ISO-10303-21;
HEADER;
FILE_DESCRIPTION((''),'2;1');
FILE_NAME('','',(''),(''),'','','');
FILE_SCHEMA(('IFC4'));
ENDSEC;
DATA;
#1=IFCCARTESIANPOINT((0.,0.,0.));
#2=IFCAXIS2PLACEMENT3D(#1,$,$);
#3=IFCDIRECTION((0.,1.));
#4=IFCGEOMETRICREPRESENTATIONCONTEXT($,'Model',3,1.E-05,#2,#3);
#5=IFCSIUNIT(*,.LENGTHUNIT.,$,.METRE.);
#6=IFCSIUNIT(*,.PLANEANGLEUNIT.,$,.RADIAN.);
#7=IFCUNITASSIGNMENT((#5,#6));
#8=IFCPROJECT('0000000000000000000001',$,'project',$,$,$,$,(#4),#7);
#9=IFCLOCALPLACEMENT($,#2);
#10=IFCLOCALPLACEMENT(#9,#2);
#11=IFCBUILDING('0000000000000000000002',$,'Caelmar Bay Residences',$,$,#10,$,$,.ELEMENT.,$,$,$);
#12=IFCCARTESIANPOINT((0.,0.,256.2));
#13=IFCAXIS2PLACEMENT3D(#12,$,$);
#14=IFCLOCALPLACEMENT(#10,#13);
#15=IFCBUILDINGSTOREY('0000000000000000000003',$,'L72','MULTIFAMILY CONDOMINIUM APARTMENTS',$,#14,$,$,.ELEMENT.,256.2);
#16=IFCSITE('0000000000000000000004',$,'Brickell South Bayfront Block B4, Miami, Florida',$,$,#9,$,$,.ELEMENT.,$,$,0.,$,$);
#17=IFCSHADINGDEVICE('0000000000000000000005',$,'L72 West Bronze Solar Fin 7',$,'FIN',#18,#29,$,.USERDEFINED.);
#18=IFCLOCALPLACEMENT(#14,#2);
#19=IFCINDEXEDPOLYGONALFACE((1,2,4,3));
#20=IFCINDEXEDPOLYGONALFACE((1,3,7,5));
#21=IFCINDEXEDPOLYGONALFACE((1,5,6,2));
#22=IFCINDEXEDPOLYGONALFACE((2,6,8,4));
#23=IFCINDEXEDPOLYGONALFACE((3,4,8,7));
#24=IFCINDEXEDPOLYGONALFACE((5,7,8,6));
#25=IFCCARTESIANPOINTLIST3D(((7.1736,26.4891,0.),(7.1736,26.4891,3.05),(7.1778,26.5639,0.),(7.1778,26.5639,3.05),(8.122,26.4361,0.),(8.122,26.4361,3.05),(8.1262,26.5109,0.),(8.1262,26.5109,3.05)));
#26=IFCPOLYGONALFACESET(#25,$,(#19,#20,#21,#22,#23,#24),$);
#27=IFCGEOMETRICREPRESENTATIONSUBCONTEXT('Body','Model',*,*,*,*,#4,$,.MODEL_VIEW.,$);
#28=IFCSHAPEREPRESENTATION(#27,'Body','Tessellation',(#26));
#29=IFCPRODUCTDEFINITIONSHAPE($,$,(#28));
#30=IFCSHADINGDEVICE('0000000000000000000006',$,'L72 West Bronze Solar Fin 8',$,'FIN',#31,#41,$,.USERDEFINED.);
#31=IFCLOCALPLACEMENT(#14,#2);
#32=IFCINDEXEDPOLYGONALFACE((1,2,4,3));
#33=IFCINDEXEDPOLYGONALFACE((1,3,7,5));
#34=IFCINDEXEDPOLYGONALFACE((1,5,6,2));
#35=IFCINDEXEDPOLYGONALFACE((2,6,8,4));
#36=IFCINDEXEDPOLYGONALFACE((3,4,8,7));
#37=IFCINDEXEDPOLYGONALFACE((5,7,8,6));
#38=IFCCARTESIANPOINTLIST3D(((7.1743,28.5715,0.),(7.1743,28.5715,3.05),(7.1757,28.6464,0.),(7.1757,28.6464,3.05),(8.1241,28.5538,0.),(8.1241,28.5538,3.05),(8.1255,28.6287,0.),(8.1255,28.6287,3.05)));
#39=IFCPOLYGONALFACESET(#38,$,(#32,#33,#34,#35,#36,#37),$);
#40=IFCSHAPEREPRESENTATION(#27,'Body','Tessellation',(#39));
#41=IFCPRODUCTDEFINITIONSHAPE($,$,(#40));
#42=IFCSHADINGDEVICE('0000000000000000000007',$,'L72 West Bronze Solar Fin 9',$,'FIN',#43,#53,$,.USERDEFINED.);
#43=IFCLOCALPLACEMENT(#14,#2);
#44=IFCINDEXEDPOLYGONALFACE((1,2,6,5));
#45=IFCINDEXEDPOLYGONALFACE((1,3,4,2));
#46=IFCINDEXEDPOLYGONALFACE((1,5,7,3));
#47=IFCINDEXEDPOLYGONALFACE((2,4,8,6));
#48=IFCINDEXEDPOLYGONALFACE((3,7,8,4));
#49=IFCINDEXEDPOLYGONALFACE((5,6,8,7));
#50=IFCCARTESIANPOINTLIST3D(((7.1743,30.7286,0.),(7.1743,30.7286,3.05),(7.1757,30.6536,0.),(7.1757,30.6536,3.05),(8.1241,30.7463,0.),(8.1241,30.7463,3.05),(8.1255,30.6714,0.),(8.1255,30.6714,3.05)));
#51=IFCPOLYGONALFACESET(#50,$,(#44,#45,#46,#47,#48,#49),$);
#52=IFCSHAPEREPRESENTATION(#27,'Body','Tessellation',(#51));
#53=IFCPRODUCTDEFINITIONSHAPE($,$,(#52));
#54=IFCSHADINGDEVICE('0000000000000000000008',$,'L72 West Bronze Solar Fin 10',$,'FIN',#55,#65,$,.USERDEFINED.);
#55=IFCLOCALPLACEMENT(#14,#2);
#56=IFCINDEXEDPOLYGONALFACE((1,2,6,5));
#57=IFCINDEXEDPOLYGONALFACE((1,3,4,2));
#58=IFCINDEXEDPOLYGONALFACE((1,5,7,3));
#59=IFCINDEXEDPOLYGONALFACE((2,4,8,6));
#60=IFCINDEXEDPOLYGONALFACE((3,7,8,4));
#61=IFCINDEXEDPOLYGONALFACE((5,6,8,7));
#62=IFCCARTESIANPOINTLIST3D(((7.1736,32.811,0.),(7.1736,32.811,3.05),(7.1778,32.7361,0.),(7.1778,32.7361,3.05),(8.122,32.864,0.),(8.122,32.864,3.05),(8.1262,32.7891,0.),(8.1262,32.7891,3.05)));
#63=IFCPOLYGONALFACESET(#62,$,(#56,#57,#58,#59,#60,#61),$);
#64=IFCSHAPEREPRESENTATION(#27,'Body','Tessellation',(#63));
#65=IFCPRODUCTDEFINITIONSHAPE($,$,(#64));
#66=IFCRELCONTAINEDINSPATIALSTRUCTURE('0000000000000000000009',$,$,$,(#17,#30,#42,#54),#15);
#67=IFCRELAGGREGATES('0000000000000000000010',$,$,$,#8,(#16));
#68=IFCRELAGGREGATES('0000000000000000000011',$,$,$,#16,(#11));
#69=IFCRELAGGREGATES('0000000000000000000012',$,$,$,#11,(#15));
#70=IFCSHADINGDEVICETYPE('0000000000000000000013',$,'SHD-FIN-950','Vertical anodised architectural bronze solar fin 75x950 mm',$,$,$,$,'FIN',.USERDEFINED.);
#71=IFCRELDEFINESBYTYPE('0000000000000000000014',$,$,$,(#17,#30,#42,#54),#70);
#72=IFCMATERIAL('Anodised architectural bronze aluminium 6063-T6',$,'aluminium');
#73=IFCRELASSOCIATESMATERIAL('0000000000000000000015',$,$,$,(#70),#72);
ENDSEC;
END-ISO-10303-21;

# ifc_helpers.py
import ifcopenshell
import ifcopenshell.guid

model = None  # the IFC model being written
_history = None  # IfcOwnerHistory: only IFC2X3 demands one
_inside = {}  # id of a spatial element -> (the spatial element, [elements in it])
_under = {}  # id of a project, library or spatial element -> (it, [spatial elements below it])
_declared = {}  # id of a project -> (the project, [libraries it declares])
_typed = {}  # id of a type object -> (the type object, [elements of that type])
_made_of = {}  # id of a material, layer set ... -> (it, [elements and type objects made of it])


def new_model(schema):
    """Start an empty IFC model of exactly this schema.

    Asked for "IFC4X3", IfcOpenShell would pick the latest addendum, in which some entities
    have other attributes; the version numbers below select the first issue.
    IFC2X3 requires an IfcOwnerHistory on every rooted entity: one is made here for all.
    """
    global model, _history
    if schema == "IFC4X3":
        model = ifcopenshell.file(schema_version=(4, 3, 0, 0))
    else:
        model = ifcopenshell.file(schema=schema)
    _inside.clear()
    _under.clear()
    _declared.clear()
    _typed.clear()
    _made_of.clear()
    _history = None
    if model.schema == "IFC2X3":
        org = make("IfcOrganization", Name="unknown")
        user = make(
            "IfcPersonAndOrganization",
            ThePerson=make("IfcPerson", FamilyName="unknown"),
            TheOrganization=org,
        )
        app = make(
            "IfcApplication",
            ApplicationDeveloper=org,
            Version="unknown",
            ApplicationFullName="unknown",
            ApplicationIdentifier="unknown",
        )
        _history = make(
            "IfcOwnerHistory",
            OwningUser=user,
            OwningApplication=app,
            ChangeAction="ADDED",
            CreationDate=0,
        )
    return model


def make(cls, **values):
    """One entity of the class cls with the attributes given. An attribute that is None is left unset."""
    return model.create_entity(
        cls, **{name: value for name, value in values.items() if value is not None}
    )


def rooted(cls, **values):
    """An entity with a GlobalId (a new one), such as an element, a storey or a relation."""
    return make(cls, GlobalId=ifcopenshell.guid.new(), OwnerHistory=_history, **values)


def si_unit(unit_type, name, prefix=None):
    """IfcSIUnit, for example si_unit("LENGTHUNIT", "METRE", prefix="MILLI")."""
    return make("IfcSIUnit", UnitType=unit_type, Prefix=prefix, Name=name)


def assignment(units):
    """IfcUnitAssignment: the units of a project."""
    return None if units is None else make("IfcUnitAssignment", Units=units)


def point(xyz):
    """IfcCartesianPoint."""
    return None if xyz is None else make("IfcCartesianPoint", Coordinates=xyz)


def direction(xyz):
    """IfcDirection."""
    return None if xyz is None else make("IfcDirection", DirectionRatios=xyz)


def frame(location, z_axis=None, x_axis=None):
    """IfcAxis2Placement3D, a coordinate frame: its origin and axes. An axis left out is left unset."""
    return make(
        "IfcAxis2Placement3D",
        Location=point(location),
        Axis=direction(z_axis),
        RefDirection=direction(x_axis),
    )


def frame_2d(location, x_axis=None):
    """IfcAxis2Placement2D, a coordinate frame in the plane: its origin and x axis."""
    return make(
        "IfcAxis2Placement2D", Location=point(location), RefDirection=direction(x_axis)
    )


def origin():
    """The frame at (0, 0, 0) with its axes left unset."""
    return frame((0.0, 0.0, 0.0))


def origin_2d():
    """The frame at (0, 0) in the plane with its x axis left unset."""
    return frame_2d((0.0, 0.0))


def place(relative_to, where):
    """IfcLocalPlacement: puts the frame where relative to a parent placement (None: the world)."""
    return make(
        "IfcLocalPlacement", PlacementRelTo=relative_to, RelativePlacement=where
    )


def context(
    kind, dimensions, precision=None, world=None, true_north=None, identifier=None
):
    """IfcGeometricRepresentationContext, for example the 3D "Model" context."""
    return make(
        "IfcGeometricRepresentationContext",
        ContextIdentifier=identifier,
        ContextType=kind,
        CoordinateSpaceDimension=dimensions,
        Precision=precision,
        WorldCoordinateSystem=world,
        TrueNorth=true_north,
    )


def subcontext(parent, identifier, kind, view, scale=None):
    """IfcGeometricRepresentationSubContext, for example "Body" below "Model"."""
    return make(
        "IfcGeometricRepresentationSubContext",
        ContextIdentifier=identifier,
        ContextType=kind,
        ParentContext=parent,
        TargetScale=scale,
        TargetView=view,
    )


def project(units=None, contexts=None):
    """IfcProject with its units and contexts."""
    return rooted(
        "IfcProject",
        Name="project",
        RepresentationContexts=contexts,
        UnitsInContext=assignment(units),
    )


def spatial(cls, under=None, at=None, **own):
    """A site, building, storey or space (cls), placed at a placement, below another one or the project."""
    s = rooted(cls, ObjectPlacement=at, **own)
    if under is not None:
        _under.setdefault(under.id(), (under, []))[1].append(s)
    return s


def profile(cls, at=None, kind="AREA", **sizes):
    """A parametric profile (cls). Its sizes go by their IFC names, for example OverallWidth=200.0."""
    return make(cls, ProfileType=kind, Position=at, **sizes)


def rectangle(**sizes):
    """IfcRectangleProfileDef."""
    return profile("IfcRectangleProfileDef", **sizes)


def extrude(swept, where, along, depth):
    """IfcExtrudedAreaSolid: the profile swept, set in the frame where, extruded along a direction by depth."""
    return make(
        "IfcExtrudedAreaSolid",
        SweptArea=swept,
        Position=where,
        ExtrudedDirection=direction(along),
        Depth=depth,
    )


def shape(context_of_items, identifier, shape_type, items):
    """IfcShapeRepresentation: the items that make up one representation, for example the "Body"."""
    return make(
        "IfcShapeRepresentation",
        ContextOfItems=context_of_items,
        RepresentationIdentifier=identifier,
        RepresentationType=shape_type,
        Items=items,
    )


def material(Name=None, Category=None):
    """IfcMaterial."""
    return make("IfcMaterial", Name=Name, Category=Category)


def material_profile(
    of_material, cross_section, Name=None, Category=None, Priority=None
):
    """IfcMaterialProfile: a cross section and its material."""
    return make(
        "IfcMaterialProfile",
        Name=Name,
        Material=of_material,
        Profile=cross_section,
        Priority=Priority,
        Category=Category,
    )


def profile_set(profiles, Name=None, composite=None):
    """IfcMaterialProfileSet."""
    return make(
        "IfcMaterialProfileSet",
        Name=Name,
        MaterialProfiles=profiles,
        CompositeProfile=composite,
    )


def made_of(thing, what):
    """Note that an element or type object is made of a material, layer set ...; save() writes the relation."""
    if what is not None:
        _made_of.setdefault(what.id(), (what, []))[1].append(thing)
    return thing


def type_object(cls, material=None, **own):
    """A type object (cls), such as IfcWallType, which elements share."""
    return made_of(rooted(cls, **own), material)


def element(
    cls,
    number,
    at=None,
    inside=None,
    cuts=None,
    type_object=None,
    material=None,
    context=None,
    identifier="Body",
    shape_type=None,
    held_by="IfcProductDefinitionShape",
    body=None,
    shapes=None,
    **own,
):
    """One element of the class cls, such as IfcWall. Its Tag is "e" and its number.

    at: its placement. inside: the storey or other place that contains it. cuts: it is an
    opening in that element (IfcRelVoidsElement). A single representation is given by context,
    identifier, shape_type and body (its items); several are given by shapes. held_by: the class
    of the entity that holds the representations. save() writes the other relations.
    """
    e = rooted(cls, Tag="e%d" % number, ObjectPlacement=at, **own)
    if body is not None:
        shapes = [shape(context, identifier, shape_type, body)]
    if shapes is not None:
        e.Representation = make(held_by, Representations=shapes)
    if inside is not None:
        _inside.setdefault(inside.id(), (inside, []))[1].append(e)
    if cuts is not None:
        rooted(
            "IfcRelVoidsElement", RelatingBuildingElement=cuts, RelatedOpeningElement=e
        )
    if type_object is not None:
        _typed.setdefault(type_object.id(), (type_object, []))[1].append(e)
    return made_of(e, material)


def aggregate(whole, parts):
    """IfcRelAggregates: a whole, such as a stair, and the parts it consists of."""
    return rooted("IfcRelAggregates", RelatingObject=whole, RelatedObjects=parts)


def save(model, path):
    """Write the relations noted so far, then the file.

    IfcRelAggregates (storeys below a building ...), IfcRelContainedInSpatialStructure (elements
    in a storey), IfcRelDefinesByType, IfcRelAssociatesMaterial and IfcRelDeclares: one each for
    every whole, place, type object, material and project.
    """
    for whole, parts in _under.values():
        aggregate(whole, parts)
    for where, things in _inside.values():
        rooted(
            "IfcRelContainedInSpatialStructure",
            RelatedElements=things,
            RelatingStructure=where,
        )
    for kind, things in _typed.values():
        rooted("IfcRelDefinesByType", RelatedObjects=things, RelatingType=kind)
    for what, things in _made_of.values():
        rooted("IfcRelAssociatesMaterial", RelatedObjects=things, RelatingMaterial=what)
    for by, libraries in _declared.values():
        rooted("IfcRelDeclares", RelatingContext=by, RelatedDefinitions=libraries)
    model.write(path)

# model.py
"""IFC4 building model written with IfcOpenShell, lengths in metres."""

from ifc_helpers import new_model, si_unit, direction, frame, origin, origin_2d, place, context, subcontext, project, spatial, rectangle, extrude, material, material_profile, profile_set, type_object, element, save


model = new_model("IFC4")

# Units and contexts
model_context = context("Model", 3, precision=1e-05, world=origin(), true_north=direction((0.0, 1.0)))
body_context = subcontext(model_context, "Body", "Model", "MODEL_VIEW")
ifc_project = project(units=[si_unit("LENGTHUNIT", "METRE"), si_unit("PLANEANGLEUNIT", "RADIAN")], contexts=[model_context])

# Site, building, storey
site_placement = place(None, origin())
site = spatial("IfcSite", under=ifc_project, at=site_placement, Name="Brickell South Bayfront Block B4, Miami, Florida", CompositionType="ELEMENT", RefElevation=0.0)
building_placement = place(site_placement, origin())
building = spatial("IfcBuilding", under=site, at=building_placement, Name="Caelmar Bay Residences", CompositionType="ELEMENT")
storey_placement = place(building_placement, frame((0.0, 0.0, 256.2)))
storey = spatial("IfcBuildingStorey", under=building, at=storey_placement, Name="L72", Description="MULTIFAMILY CONDOMINIUM APARTMENTS", CompositionType="ELEMENT", Elevation=256.2)

# Shading devices
ifc_material_1 = material(Name="Anodised architectural bronze aluminium 6063-T6", Category="aluminium")
ifc_material_profile_1 = material_profile(ifc_material_1, rectangle(XDim=0.075, YDim=0.95, at=origin_2d()), Name="BRONZE-FIN-75X950")
ifc_profile_set_1 = profile_set([ifc_material_profile_1], Name="Anodised architectural bronze aluminium 6063-T6")
shading_device_type = type_object("IfcShadingDeviceType", Name="SHD-FIN-950", Description="Vertical anodised architectural bronze solar fin 75x950 mm", ElementType="FIN", PredefinedType="USERDEFINED", material=ifc_profile_set_1)
for number, where, z_axis, x_axis, name in (
    (1, (7.6499, 26.5, 0.0), (0.0, 0.0, 1.0), (0.055822, 0.998441, 0.0), "L72 West Bronze Solar Fin 7"),
    (2, (7.6499, 28.6001, 0.0), (0.0, 0.0, 1.0), (0.018674, 0.999826, 0.0), "L72 West Bronze Solar Fin 8"),
    (3, (7.6499, 30.7, 0.0), (0.0, 0.0, 1.0), (-0.018674, 0.999826, 0.0), "L72 West Bronze Solar Fin 9"),
    (4, (7.6499, 32.8, 0.0), (0.0, 0.0, 1.0), (-0.055822, 0.998441, 0.0), "L72 West Bronze Solar Fin 10"),
):
    element("IfcShadingDevice", number, at=place(storey_placement, frame(where, z_axis=z_axis, x_axis=x_axis)), inside=storey, type_object=shading_device_type, Name=name, ObjectType="FIN", PredefinedType="USERDEFINED", context=body_context, shape_type="SweptSolid", body=[
        extrude(rectangle(XDim=0.075, YDim=0.95, at=origin_2d()), origin(), (0.0, 0.0, 1.0), 3.05),
    ])

save(model, "model.ifc")
